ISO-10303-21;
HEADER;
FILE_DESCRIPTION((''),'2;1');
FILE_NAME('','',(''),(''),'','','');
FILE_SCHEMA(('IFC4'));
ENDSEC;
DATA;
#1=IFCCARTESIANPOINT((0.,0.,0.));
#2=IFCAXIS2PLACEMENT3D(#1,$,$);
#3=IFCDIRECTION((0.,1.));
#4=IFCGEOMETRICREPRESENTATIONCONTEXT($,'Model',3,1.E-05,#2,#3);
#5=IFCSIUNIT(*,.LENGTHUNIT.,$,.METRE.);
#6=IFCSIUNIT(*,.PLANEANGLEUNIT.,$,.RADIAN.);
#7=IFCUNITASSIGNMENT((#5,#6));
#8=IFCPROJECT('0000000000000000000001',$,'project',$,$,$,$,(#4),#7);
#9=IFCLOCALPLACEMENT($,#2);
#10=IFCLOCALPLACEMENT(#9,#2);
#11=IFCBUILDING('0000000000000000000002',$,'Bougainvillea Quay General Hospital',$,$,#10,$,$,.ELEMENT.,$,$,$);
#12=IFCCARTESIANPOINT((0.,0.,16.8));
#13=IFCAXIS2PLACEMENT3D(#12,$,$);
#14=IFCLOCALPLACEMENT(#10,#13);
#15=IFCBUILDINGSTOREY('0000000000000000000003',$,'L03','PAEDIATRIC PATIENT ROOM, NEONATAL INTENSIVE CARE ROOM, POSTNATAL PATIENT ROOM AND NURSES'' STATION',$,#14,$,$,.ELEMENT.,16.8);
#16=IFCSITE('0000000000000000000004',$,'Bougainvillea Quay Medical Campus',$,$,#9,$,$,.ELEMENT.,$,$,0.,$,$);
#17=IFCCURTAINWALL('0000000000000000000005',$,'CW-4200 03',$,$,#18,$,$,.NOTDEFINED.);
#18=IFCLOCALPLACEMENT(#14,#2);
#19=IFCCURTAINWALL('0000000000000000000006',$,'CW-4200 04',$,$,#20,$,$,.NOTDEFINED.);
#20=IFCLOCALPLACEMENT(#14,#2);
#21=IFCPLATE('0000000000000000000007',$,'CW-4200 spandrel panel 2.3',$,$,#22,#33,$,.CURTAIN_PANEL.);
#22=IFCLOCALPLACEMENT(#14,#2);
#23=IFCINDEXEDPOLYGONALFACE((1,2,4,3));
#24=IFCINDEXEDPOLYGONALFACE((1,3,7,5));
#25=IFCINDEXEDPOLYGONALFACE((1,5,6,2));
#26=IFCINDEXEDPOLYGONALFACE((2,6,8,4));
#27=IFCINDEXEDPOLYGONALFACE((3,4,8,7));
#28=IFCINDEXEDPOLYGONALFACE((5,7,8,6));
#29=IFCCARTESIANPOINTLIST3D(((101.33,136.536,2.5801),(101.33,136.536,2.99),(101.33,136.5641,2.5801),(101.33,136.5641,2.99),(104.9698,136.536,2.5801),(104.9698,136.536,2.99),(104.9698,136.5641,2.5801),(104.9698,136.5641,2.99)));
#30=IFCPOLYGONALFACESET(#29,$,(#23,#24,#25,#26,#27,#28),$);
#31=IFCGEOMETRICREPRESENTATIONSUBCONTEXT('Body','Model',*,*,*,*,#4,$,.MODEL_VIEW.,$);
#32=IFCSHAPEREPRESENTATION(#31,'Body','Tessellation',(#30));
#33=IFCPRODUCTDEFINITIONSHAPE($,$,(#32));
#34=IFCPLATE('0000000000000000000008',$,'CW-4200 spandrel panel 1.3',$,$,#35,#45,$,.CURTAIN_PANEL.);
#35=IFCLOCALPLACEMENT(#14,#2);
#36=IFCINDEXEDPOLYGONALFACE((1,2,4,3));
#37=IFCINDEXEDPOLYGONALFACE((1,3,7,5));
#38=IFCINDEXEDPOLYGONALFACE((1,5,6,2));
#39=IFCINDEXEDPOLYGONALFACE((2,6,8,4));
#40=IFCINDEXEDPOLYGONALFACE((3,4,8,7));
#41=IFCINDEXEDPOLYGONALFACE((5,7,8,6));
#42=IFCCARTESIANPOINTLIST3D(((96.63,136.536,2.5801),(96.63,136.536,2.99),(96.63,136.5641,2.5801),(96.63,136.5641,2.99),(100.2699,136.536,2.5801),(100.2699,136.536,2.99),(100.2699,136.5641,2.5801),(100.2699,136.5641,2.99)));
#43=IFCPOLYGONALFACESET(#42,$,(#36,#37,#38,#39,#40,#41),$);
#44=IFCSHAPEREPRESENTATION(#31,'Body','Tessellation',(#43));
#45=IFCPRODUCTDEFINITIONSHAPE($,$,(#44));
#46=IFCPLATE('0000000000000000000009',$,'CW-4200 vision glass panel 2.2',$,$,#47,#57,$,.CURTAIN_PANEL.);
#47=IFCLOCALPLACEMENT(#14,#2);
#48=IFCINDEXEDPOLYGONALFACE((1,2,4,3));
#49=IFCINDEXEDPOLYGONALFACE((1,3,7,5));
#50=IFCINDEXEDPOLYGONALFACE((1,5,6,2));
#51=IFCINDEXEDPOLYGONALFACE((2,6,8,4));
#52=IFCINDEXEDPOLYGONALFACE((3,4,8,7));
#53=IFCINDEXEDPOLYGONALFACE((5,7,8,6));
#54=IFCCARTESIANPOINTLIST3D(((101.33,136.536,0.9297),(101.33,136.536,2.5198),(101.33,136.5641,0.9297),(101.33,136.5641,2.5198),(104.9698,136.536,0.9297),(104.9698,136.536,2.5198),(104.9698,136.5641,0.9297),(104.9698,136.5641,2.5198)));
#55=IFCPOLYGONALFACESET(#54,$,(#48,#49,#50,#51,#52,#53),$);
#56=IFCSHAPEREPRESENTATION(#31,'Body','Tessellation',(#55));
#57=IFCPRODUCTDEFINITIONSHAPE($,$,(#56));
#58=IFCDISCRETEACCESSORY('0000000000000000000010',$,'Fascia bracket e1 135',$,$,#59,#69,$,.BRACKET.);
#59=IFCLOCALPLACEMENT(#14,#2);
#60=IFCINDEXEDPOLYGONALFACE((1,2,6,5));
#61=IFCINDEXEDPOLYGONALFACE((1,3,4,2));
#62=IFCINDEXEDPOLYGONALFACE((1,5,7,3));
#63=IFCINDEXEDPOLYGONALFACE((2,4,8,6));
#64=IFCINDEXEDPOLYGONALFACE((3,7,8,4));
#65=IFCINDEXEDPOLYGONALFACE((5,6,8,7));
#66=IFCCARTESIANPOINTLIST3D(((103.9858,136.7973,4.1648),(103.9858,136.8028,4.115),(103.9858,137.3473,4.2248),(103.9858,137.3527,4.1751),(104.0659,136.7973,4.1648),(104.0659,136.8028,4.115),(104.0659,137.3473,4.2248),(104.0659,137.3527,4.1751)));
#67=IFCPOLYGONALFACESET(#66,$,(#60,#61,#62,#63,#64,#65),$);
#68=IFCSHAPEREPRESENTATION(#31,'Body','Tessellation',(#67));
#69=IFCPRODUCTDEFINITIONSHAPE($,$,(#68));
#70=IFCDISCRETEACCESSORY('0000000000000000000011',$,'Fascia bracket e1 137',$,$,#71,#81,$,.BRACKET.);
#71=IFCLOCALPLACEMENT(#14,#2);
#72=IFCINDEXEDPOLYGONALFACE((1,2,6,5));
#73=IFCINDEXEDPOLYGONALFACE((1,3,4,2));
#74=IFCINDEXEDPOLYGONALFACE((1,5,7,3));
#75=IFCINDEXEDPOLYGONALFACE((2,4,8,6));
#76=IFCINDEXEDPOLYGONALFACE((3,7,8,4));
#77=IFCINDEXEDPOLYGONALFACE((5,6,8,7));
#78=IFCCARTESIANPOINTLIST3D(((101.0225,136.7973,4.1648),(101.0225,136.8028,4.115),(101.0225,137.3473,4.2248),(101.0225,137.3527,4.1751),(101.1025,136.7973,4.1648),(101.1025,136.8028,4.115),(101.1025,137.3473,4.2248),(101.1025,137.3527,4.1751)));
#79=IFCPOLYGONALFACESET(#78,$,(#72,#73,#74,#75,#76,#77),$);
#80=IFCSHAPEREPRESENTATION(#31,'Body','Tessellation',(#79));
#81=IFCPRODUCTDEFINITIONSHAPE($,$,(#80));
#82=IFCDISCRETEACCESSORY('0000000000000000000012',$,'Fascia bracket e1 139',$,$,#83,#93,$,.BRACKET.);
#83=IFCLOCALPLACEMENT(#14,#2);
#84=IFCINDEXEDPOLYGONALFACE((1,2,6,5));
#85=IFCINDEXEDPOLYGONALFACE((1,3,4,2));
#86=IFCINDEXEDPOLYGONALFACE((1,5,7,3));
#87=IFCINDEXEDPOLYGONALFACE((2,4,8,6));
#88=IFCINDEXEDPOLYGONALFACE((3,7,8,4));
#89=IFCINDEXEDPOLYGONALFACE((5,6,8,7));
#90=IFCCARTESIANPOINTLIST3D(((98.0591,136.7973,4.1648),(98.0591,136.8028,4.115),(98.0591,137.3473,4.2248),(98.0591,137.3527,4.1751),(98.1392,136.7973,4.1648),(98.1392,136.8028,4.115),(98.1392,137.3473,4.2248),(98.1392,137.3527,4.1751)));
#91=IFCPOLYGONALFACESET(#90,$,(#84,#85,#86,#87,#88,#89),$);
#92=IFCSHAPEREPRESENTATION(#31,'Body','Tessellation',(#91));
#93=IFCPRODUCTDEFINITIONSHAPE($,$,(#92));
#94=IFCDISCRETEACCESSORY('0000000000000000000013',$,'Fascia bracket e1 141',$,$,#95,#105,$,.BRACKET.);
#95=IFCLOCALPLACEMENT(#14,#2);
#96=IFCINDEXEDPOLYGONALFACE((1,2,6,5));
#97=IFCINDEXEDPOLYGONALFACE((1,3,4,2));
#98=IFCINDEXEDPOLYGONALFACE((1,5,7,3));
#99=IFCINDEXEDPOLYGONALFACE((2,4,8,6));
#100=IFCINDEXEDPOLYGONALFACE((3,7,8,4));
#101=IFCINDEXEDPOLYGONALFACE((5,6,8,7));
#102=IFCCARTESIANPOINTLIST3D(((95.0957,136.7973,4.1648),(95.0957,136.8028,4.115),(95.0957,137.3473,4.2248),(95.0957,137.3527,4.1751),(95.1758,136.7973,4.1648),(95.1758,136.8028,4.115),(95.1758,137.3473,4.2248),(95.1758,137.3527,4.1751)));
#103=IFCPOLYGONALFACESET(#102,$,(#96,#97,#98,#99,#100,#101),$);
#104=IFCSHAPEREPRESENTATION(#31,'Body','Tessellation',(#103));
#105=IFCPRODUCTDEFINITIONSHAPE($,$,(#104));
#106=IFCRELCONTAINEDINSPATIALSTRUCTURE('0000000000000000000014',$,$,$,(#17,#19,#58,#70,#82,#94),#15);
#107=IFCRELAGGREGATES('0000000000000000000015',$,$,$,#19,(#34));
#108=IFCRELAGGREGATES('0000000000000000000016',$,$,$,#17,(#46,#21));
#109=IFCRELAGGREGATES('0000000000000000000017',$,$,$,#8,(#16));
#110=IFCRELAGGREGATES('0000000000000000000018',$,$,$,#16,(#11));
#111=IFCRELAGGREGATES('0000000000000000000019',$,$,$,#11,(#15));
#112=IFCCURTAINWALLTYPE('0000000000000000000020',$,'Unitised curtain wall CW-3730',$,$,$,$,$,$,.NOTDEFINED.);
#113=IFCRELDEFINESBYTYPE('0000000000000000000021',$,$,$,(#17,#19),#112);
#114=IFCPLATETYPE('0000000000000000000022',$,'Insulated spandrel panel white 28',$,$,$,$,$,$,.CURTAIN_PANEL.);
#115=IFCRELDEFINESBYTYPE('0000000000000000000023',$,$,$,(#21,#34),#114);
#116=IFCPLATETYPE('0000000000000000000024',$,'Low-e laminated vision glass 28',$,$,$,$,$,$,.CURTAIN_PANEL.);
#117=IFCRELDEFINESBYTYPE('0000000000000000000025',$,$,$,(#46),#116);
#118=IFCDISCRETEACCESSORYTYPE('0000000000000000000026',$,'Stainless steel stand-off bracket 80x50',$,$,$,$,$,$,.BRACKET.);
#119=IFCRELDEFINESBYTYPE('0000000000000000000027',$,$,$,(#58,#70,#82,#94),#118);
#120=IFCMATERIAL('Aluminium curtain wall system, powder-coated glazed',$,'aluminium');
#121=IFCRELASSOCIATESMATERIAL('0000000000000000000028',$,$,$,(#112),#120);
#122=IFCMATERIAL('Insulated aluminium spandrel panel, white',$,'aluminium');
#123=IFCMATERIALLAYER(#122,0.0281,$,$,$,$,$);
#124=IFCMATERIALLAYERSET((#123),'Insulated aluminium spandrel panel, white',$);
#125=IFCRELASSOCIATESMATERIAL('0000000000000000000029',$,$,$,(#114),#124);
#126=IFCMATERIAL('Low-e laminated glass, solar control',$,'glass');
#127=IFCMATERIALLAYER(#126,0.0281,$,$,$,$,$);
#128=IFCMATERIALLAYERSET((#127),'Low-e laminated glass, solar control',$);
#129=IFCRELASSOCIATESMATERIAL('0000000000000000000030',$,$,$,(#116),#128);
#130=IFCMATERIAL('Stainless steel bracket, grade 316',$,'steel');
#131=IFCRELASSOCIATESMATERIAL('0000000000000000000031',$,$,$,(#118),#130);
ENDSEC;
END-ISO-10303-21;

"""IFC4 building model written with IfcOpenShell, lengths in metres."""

from ifc_helpers import new_model, si_unit, direction, frame, origin, origin_2d, place, context, subcontext, project, spatial, rectangle, extrude, material, layer, layer_set, material_profile, profile_set, type_object, element, aggregate, save


model = new_model("IFC4")

# Units and contexts
model_context = context("Model", 3, precision=1e-05, world=origin(), true_north=direction((0.0, 1.0)))
body_context = subcontext(model_context, "Body", "Model", "MODEL_VIEW")
ifc_project = project(units=[si_unit("LENGTHUNIT", "METRE"), si_unit("PLANEANGLEUNIT", "RADIAN")], contexts=[model_context])

# Site, building, storey
site_placement = place(None, origin())
site = spatial("IfcSite", under=ifc_project, at=site_placement, Name="Bougainvillea Quay Medical Campus", CompositionType="ELEMENT", RefElevation=0.0)
building_placement = place(site_placement, origin())
building = spatial("IfcBuilding", under=site, at=building_placement, Name="Bougainvillea Quay General Hospital", CompositionType="ELEMENT")
storey_placement = place(building_placement, frame((0.0, 0.0, 16.8)))
storey = spatial("IfcBuildingStorey", under=building, at=storey_placement, Name="L03", Description="PAEDIATRIC PATIENT ROOM, NEONATAL INTENSIVE CARE ROOM, POSTNATAL PATIENT ROOM AND NURSES' STATION", CompositionType="ELEMENT", Elevation=16.8)

# Curtain wall
ifc_material_1 = material(Name="Aluminium curtain wall system, powder-coated glazed", Category="aluminium")
curtain_wall_type = type_object("IfcCurtainWallType", Name="Unitised curtain wall CW-3730", PredefinedType="NOTDEFINED", material=ifc_material_1)
curtain_wall_1_placement = place(storey_placement, origin())
curtain_wall_1 = element("IfcCurtainWall", 1, at=curtain_wall_1_placement, inside=storey, type_object=curtain_wall_type, Name="CW-4200 03", PredefinedType="NOTDEFINED")

# Curtain wall
curtain_wall_2_placement = place(storey_placement, origin())
curtain_wall_2 = element("IfcCurtainWall", 2, at=curtain_wall_2_placement, inside=storey, type_object=curtain_wall_type, Name="CW-4200 04", PredefinedType="NOTDEFINED")

# Plates
ifc_material_2 = material(Name="Insulated aluminium spandrel panel, white", Category="aluminium")
ifc_layer_1 = layer(ifc_material_2, 0.0281)
ifc_layer_set_1 = layer_set([ifc_layer_1], Name="Insulated aluminium spandrel panel, white")
plate_type_1 = type_object("IfcPlateType", Name="Insulated spandrel panel white 28", PredefinedType="CURTAIN_PANEL", material=ifc_layer_set_1)
plate_1_placement = place(storey_placement, frame((103.1499, 136.55, 2.5801), z_axis=(0.0, 0.0, 1.0), x_axis=(-1.0, 0.0, 0.0)))
plate_1 = element("IfcPlate", 3, at=plate_1_placement, type_object=plate_type_1, Name="CW-4200 spandrel panel 2.3", PredefinedType="CURTAIN_PANEL", context=body_context, shape_type="SweptSolid", body=[
    extrude(rectangle(XDim=3.6399, YDim=0.0281, at=origin_2d()), origin(), (0.0, 0.0, 1.0), 0.4099),
])
plate_2_placement = place(storey_placement, frame((98.45, 136.55, 2.5801), z_axis=(0.0, 0.0, 1.0), x_axis=(-1.0, 0.0, 0.0)))
plate_2 = element("IfcPlate", 4, at=plate_2_placement, type_object=plate_type_1, Name="CW-4200 spandrel panel 1.3", PredefinedType="CURTAIN_PANEL", context=body_context, shape_type="SweptSolid", body=[
    extrude(rectangle(XDim=3.6399, YDim=0.0281, at=origin_2d()), origin(), (0.0, 0.0, 1.0), 0.4099),
])
aggregate(curtain_wall_2, [plate_2])
ifc_material_3 = material(Name="Low-e laminated glass, solar control", Category="glass")
ifc_layer_2 = layer(ifc_material_3, 0.0281)
ifc_layer_set_2 = layer_set([ifc_layer_2], Name="Low-e laminated glass, solar control")
plate_type_2 = type_object("IfcPlateType", Name="Low-e laminated vision glass 28", PredefinedType="CURTAIN_PANEL", material=ifc_layer_set_2)
plate_3_placement = place(storey_placement, frame((103.1499, 136.55, 0.9297), z_axis=(0.0, 0.0, 1.0), x_axis=(-1.0, 0.0, 0.0)))
plate_3 = element("IfcPlate", 5, at=plate_3_placement, type_object=plate_type_2, Name="CW-4200 vision glass panel 2.2", PredefinedType="CURTAIN_PANEL", context=body_context, shape_type="SweptSolid", body=[
    extrude(rectangle(XDim=3.6399, YDim=0.0281, at=origin_2d()), origin(), (0.0, 0.0, 1.0), 1.5901),
])
aggregate(curtain_wall_1, [plate_3, plate_1])

# Discrete accessories
ifc_material_4 = material(Name="Stainless steel bracket, grade 316", Category="steel")
ifc_material_profile_1 = material_profile(ifc_material_4, rectangle(XDim=0.0801, YDim=0.05, at=origin_2d()))
ifc_profile_set_1 = profile_set([ifc_material_profile_1], Name="Stainless steel bracket, grade 316")
discrete_accessory_type = type_object("IfcDiscreteAccessoryType", Name="Stainless steel stand-off bracket 80x50", PredefinedType="BRACKET", material=ifc_profile_set_1)
for number, where, z_axis, x_axis, name in (
    (6, (104.0259, 136.8, 4.1399), (0.0, 0.994092, 0.108543), (-1.0, 0.0, 0.0), "Fascia bracket e1 135"),
    (7, (101.0625, 136.8, 4.1399), (0.0, 0.994092, 0.108543), (-1.0, 0.0, 0.0), "Fascia bracket e1 137"),
    (8, (98.0991, 136.8, 4.1399), (0.0, 0.994092, 0.108543), (-1.0, 0.0, 0.0), "Fascia bracket e1 139"),
    (9, (95.1357, 136.8, 4.1399), (0.0, 0.994092, 0.108543), (-1.0, 0.0, 0.0), "Fascia bracket e1 141"),
):
    element("IfcDiscreteAccessory", number, at=place(storey_placement, frame(where, z_axis=z_axis, x_axis=x_axis)), inside=storey, type_object=discrete_accessory_type, Name=name, PredefinedType="BRACKET", context=body_context, shape_type="SweptSolid", body=[
        extrude(rectangle(XDim=0.0801, YDim=0.05, at=origin_2d()), origin(), (0.0, 0.0, 1.0), 0.5532),
    ])

save(model, "model.ifc")
